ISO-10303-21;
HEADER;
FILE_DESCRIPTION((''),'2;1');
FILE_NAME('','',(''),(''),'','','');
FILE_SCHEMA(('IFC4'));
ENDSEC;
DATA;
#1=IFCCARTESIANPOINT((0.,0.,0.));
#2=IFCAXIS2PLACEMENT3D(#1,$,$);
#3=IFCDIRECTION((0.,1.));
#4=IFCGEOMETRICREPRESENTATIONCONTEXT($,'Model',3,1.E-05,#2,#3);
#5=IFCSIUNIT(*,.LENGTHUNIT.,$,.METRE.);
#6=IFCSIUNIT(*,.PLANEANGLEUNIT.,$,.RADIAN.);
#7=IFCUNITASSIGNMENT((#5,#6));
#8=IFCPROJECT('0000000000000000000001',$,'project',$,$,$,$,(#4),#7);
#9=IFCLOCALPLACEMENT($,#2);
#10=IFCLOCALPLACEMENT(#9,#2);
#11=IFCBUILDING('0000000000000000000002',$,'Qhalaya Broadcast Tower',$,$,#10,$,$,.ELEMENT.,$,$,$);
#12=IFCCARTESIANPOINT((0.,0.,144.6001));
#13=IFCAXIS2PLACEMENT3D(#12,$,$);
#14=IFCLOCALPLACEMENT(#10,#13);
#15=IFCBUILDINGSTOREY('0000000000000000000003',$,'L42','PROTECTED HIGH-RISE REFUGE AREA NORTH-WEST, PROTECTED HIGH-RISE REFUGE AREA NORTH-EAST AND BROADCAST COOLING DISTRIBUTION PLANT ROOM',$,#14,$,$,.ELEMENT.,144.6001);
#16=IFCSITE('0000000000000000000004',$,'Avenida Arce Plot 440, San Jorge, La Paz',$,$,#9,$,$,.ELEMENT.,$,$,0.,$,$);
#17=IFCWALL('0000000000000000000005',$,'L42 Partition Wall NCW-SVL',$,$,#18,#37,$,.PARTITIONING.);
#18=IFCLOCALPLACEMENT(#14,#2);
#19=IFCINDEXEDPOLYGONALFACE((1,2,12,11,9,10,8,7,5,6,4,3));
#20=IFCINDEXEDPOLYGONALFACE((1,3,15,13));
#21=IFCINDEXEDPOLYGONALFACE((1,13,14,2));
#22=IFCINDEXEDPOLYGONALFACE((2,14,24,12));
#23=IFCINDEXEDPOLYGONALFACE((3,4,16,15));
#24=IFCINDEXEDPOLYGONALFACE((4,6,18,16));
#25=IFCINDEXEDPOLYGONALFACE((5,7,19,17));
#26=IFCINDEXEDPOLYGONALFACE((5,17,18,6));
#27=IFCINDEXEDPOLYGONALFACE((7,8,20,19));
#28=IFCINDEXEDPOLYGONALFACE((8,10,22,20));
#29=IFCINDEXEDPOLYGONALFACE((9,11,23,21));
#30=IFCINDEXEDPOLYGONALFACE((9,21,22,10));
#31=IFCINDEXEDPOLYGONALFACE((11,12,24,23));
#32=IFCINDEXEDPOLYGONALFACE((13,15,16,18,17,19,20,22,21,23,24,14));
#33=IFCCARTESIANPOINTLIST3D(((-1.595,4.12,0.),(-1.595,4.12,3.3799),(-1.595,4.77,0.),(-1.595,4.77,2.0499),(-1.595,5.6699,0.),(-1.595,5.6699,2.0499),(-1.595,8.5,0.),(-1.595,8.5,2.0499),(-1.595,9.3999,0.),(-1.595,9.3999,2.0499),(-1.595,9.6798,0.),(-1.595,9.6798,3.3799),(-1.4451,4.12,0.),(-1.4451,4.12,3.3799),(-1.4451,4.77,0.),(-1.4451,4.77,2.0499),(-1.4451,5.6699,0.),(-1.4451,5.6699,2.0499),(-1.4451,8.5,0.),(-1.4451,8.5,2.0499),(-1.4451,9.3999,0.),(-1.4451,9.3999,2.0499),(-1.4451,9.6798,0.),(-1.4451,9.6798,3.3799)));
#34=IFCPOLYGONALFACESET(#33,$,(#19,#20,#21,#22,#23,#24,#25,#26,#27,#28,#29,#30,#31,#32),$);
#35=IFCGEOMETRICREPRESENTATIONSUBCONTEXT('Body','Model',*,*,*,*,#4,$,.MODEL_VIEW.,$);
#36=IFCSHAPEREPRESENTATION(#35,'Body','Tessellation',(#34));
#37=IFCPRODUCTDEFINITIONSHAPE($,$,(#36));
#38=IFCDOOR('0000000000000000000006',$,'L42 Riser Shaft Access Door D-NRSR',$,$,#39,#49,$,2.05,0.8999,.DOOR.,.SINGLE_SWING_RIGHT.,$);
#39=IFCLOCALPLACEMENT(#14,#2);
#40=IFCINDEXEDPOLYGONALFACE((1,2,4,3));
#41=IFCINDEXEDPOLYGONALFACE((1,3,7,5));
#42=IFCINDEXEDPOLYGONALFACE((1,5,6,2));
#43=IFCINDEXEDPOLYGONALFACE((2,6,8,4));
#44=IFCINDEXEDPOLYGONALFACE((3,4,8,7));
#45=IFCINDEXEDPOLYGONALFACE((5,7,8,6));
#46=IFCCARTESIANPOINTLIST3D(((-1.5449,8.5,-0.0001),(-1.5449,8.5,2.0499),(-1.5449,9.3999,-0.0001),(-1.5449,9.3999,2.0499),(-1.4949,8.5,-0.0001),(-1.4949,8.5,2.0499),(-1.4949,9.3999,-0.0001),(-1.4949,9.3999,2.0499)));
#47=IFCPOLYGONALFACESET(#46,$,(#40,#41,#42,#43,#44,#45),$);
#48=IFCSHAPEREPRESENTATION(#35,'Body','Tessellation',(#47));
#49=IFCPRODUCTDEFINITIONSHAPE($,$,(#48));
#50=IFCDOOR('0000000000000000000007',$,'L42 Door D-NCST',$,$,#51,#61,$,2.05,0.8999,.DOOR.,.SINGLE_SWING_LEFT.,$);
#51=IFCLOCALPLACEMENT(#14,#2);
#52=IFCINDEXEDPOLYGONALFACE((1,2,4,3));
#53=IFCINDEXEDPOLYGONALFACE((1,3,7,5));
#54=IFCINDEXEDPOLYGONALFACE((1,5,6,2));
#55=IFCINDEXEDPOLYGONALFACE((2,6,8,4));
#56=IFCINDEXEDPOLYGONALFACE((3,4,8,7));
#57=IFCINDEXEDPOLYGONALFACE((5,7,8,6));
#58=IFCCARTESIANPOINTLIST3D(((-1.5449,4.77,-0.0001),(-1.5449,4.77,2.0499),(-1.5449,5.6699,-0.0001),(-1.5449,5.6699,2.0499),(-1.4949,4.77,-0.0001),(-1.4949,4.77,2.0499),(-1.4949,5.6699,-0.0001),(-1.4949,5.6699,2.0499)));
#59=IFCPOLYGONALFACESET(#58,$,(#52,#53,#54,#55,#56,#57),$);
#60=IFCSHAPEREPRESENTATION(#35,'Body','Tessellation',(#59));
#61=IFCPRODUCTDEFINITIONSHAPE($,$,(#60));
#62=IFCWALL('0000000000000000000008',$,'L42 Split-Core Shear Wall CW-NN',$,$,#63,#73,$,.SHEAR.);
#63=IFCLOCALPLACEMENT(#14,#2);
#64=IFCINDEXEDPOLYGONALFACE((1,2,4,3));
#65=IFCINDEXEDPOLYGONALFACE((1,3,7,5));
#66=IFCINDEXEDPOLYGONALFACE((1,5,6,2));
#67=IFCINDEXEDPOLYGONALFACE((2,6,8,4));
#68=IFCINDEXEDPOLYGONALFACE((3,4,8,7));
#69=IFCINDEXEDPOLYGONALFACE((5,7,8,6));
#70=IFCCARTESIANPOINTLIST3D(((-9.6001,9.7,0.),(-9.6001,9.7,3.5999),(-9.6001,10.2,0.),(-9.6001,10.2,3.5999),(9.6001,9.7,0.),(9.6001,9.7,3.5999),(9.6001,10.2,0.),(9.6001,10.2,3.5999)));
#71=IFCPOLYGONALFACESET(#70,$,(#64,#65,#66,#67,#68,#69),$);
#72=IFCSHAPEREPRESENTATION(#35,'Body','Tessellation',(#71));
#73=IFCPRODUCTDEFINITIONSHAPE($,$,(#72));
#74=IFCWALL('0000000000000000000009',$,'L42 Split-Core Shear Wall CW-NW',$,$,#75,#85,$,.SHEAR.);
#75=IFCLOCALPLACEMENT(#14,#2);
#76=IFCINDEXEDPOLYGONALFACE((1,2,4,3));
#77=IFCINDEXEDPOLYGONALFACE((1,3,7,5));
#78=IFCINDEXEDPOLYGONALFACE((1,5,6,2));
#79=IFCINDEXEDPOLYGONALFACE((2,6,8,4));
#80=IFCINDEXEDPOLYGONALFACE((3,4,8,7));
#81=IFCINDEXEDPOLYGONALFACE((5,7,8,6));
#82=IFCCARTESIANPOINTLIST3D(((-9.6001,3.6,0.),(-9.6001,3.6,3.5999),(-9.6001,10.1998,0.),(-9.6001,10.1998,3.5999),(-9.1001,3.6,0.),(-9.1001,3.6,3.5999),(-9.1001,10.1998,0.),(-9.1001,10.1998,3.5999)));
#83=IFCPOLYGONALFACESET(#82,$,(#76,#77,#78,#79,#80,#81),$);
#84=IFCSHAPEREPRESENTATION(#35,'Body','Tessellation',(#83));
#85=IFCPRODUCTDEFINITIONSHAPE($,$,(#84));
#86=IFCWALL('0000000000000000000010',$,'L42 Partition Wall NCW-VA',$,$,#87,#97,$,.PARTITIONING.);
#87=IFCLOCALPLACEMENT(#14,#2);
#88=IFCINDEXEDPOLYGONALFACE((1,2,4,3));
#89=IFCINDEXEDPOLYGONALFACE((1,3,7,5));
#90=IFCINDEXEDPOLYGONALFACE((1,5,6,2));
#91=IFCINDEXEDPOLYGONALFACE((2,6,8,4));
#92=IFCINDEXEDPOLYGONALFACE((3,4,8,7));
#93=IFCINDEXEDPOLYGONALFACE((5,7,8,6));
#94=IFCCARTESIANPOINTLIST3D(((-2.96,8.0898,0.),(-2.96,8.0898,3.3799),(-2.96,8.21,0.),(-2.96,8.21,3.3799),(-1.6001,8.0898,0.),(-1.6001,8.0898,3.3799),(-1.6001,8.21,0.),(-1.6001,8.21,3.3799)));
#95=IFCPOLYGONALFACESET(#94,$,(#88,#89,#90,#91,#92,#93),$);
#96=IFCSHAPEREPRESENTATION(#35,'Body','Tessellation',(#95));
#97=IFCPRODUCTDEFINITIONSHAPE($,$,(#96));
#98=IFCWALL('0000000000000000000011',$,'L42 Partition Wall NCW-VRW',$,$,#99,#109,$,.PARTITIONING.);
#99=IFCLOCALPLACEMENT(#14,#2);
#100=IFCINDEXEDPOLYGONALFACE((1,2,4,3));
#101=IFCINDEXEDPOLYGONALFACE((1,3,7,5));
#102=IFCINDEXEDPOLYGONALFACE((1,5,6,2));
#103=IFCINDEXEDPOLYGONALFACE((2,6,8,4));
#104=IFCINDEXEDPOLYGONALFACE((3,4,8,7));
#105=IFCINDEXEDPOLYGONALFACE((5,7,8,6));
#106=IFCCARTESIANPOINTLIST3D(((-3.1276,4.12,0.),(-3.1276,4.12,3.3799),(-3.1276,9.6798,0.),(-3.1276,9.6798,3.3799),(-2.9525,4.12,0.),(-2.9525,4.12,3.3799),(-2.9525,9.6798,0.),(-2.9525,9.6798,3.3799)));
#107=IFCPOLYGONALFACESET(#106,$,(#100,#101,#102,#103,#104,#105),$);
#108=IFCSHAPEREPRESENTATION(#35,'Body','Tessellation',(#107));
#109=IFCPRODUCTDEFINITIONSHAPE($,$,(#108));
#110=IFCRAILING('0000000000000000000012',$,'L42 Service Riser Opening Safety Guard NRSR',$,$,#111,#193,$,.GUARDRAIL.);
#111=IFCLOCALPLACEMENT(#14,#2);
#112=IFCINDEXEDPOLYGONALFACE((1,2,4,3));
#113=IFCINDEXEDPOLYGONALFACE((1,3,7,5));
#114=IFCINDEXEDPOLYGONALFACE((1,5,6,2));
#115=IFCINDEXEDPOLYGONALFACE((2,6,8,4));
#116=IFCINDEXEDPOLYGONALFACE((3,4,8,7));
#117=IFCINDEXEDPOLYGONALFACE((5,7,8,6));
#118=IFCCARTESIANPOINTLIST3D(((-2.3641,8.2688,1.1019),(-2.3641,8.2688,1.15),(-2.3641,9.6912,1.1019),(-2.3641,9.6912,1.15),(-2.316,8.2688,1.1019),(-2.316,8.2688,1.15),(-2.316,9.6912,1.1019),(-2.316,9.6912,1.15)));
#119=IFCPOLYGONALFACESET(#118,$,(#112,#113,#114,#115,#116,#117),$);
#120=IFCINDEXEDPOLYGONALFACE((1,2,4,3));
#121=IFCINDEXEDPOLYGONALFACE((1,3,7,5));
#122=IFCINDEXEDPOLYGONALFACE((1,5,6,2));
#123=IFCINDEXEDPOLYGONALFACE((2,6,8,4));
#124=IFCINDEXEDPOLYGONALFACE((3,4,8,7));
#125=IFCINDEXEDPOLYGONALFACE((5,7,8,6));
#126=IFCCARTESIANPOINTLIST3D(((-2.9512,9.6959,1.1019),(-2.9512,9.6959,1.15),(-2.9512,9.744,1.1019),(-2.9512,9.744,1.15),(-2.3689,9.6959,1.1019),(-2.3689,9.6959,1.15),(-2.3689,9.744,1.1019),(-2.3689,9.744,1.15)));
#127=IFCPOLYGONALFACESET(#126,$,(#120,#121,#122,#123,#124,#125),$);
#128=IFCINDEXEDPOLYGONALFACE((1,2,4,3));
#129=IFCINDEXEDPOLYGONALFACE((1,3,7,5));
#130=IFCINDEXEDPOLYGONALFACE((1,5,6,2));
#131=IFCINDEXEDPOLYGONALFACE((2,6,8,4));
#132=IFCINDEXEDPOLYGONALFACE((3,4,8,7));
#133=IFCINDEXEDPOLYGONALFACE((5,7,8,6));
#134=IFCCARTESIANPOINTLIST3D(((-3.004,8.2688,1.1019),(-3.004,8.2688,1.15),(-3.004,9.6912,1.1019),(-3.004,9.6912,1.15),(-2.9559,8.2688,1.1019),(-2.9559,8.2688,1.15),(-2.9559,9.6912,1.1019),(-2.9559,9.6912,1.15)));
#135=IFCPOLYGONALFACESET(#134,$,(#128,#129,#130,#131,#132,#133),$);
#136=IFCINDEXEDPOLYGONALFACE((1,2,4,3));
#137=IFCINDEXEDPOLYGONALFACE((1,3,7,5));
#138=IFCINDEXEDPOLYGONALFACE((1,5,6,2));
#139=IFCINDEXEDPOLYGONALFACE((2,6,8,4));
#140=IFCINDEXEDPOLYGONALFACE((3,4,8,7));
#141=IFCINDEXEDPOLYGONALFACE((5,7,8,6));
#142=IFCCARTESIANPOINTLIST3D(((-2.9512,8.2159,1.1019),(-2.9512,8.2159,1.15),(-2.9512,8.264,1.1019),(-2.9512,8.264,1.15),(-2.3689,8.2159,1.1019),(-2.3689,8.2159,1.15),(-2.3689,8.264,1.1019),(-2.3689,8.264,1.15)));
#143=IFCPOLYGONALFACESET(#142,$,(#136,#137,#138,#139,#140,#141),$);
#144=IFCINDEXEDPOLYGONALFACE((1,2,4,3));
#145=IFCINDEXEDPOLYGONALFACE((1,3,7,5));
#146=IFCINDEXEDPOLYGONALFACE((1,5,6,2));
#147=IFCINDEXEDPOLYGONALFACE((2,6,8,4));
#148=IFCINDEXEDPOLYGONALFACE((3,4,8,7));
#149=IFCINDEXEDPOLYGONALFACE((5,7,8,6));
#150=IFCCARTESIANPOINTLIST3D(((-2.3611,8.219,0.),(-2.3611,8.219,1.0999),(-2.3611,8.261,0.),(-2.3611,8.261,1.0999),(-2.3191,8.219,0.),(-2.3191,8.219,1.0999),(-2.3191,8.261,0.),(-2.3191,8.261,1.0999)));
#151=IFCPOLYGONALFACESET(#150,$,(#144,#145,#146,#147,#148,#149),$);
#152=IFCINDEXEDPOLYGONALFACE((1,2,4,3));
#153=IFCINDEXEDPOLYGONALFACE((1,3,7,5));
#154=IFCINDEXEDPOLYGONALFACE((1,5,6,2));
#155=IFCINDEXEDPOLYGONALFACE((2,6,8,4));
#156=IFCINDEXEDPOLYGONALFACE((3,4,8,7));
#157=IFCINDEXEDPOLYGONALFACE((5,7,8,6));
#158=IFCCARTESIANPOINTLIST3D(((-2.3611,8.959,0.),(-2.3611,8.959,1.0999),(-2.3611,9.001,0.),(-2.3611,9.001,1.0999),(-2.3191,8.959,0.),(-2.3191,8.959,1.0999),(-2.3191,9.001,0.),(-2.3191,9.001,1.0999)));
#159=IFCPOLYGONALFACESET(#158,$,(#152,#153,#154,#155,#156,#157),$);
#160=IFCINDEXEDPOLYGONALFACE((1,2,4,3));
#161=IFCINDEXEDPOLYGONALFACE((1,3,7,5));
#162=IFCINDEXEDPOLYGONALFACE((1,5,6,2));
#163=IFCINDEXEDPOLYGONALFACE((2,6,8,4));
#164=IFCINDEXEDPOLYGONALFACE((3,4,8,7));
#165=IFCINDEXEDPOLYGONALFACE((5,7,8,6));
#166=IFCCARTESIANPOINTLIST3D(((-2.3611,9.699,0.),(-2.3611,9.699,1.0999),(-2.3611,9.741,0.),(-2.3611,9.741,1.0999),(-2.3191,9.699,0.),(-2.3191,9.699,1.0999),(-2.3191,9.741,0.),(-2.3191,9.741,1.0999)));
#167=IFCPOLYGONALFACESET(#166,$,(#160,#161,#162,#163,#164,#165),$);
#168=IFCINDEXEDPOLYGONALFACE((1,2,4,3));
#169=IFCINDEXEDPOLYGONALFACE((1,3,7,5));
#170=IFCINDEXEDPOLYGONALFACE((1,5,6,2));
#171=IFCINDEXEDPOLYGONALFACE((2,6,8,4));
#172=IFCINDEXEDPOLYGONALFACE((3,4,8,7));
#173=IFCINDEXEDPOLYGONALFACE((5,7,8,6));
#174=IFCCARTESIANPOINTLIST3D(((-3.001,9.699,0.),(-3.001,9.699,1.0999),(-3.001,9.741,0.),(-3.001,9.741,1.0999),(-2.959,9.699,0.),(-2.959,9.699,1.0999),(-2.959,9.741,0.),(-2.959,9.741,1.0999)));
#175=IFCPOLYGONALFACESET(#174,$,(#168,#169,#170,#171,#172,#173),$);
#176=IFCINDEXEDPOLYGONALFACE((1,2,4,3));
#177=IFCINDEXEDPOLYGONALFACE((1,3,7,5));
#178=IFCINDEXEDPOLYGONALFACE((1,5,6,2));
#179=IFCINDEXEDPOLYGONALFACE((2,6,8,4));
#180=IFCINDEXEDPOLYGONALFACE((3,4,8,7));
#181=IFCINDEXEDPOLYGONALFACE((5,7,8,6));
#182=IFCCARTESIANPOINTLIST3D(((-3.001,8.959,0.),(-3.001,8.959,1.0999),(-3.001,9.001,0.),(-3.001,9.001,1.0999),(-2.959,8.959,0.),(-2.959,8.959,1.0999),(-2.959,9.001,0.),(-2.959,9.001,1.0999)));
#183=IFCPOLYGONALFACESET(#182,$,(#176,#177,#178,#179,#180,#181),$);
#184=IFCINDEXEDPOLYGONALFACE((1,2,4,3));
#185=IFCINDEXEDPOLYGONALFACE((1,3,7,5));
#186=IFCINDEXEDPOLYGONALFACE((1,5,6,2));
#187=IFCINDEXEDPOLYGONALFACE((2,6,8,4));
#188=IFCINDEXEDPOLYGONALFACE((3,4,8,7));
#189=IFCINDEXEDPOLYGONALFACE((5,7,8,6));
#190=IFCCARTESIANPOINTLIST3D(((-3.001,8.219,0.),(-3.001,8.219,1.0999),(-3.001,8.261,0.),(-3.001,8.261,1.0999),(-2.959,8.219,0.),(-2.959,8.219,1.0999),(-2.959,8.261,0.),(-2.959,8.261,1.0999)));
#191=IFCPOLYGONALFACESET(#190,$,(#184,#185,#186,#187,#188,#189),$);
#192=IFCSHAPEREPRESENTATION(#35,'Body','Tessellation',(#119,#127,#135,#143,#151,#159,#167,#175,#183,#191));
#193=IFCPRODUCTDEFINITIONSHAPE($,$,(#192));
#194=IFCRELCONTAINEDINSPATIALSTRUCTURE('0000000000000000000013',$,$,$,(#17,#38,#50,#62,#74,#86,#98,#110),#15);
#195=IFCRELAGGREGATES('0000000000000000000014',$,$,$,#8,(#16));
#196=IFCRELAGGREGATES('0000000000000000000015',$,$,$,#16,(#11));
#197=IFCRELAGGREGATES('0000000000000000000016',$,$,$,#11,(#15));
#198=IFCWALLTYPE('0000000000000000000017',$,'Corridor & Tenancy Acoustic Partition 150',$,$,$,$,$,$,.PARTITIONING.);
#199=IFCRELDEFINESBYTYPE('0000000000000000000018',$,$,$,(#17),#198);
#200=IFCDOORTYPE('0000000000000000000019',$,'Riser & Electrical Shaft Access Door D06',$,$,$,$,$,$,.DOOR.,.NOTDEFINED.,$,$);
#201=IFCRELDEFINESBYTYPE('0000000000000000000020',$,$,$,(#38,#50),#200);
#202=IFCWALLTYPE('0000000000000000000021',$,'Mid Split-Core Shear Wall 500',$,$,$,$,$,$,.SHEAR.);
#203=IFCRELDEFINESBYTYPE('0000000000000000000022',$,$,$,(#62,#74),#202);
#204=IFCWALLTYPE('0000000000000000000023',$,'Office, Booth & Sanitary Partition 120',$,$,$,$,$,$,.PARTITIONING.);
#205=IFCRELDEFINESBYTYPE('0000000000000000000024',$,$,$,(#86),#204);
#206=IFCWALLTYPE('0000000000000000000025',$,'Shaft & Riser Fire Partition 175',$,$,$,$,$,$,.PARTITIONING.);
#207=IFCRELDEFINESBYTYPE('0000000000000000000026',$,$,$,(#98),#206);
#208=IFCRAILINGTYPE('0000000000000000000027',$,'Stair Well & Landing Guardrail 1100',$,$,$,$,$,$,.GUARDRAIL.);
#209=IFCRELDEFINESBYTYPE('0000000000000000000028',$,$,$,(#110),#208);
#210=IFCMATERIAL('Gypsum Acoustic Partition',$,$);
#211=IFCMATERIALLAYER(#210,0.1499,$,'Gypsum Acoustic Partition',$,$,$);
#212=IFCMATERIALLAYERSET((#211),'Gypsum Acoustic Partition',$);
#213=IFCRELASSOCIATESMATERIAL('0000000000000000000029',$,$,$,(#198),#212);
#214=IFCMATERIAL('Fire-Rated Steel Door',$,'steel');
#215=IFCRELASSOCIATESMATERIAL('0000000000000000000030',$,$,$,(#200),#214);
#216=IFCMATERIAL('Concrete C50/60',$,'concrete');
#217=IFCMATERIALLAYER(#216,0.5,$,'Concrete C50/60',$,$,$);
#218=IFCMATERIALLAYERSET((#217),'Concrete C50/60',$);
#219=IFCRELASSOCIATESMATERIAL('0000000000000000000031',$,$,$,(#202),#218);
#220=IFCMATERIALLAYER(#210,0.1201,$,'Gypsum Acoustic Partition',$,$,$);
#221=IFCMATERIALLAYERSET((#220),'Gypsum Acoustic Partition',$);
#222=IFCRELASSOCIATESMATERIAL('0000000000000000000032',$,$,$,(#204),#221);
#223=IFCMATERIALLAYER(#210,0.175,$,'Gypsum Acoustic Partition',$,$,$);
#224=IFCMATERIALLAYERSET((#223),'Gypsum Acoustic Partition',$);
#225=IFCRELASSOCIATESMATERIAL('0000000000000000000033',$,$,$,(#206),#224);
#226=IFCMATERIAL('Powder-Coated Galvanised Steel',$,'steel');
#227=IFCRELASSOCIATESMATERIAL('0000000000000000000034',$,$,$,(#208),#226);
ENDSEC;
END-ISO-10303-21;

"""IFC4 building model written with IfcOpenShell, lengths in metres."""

from ifc_helpers import new_model, si_unit, direction, frame, frame_2d, origin, origin_2d, place, context, subcontext, project, spatial, rectangle, extrude, material, layer, layer_set, type_object, element, fill, save


model = new_model("IFC4")

# Units and contexts
model_context = context("Model", 3, precision=1e-05, world=origin(), true_north=direction((0.0, 1.0)))
body_context = subcontext(model_context, "Body", "Model", "MODEL_VIEW")
ifc_project = project(units=[si_unit("LENGTHUNIT", "METRE"), si_unit("PLANEANGLEUNIT", "RADIAN")], contexts=[model_context])

# Site, building, storey
site_placement = place(None, origin())
site = spatial("IfcSite", under=ifc_project, at=site_placement, Name="Avenida Arce Plot 440, San Jorge, La Paz", CompositionType="ELEMENT", RefElevation=0.0)
building_placement = place(site_placement, origin())
building = spatial("IfcBuilding", under=site, at=building_placement, Name="Qhalaya Broadcast Tower", CompositionType="ELEMENT")
storey_placement = place(building_placement, frame((0.0, 0.0, 144.6001)))
storey = spatial("IfcBuildingStorey", under=building, at=storey_placement, Name="L42", Description="PROTECTED HIGH-RISE REFUGE AREA NORTH-WEST, PROTECTED HIGH-RISE REFUGE AREA NORTH-EAST AND BROADCAST COOLING DISTRIBUTION PLANT ROOM", CompositionType="ELEMENT", Elevation=144.6001)

# Shared definitions
ifc_material_1 = material(Name="Concrete C50/60", Category="concrete")

# Wall, openings, doors
ifc_material_2 = material(Name="Gypsum Acoustic Partition")
ifc_layer_1 = layer(ifc_material_2, 0.1499, Name="Gypsum Acoustic Partition")
ifc_layer_set_1 = layer_set([ifc_layer_1], Name="Gypsum Acoustic Partition")
wall_type_1 = type_object("IfcWallType", Name="Corridor & Tenancy Acoustic Partition 150", PredefinedType="PARTITIONING", material=ifc_layer_set_1)
wall_1_placement = place(storey_placement, frame((-1.52, 4.1201, 0.0), z_axis=(0.0, 0.0, 1.0), x_axis=(0.0, 1.0, 0.0)))
wall_1 = element("IfcWall", 1, at=wall_1_placement, inside=storey, type_object=wall_type_1, Name="L42 Partition Wall NCW-SVL", PredefinedType="PARTITIONING", context=body_context, shape_type="SweptSolid", body=[
    extrude(rectangle(XDim=5.5598, YDim=0.1499, at=frame_2d((2.7798, 0.0))), origin(), (0.0, 0.0, 1.0), 3.3799),
])
opening_1_placement = place(wall_1_placement, frame((4.3799, 0.0, 0.0)))
opening_1 = element("IfcOpeningElement", 2, at=opening_1_placement, cuts=wall_1, PredefinedType="OPENING", context=body_context, shape_type="SweptSolid", body=[
    extrude(rectangle(XDim=0.8999, YDim=2.05, at=frame_2d((0.45, 1.0249))), frame((0.0, 0.0869, 0.0), z_axis=(0.0, -1.0, 0.0), x_axis=(1.0, 0.0, 0.0)), (0.0, 0.0, 1.0), 0.1738),
])
opening_2_placement = place(wall_1_placement, frame((0.6499, 0.0, 0.0)))
opening_2 = element("IfcOpeningElement", 3, at=opening_2_placement, cuts=wall_1, PredefinedType="OPENING", context=body_context, shape_type="SweptSolid", body=[
    extrude(rectangle(XDim=0.8999, YDim=2.05, at=frame_2d((0.45, 1.0249))), frame((0.0, 0.0869, 0.0), z_axis=(0.0, -1.0, 0.0), x_axis=(1.0, 0.0, 0.0)), (0.0, 0.0, 1.0), 0.1738),
])
ifc_material_3 = material(Name="Fire-Rated Steel Door", Category="steel")
door_type = type_object("IfcDoorType", Name="Riser & Electrical Shaft Access Door D06", OperationType="NOTDEFINED", PredefinedType="DOOR", material=ifc_material_3)
door_1_placement = place(opening_1_placement, origin())
door_1 = element("IfcDoor", 4, at=door_1_placement, inside=storey, type_object=door_type, Name="L42 Riser Shaft Access Door D-NRSR", OperationType="SINGLE_SWING_RIGHT", OverallHeight=2.05, OverallWidth=0.8999, PredefinedType="DOOR", context=body_context, shape_type="SweptSolid", body=[
    extrude(rectangle(XDim=0.8999, YDim=2.05, at=frame_2d((0.45, 1.0249))), frame((0.0, 0.0249, 0.0), z_axis=(0.0, -1.0, 0.0), x_axis=(1.0, 0.0, 0.0)), (0.0, 0.0, 1.0), 0.05),
])
fill(opening_1, door_1)
door_2_placement = place(opening_2_placement, origin())
door_2 = element("IfcDoor", 5, at=door_2_placement, inside=storey, type_object=door_type, Name="L42 Door D-NCST", OperationType="SINGLE_SWING_LEFT", OverallHeight=2.05, OverallWidth=0.8999, PredefinedType="DOOR", context=body_context, shape_type="SweptSolid", body=[
    extrude(rectangle(XDim=0.8999, YDim=2.05, at=frame_2d((0.45, 1.0249))), frame((0.0, 0.0249, 0.0), z_axis=(0.0, -1.0, 0.0), x_axis=(1.0, 0.0, 0.0)), (0.0, 0.0, 1.0), 0.05),
])
fill(opening_2, door_2)

# Walls
ifc_layer_2 = layer(ifc_material_1, 0.5, Name="Concrete C50/60")
ifc_layer_set_2 = layer_set([ifc_layer_2], Name="Concrete C50/60")
wall_type_2 = type_object("IfcWallType", Name="Mid Split-Core Shear Wall 500", PredefinedType="SHEAR", material=ifc_layer_set_2)
wall_2_placement = place(storey_placement, frame((-9.6001, 9.95, 0.0), z_axis=(0.0, 0.0, 1.0), x_axis=(1.0, 0.0, 0.0)))
element("IfcWall", 6, at=wall_2_placement, inside=storey, type_object=wall_type_2, Name="L42 Split-Core Shear Wall CW-NN", PredefinedType="SHEAR", context=body_context, shape_type="SweptSolid", body=[
    extrude(rectangle(XDim=19.2002, YDim=0.5, at=frame_2d((9.6001, 0.0))), origin(), (0.0, 0.0, 1.0), 3.5999),
])
wall_3_placement = place(storey_placement, frame((-9.3501, 3.6001, 0.0), z_axis=(0.0, 0.0, 1.0), x_axis=(0.0, 1.0, 0.0)))
element("IfcWall", 7, at=wall_3_placement, inside=storey, type_object=wall_type_2, Name="L42 Split-Core Shear Wall CW-NW", PredefinedType="SHEAR", context=body_context, shape_type="SweptSolid", body=[
    extrude(rectangle(XDim=6.5999, YDim=0.5, at=frame_2d((3.2998, 0.0))), origin(), (0.0, 0.0, 1.0), 3.5999),
])
ifc_layer_3 = layer(ifc_material_2, 0.1201, Name="Gypsum Acoustic Partition")
ifc_layer_set_3 = layer_set([ifc_layer_3], Name="Gypsum Acoustic Partition")
wall_type_3 = type_object("IfcWallType", Name="Office, Booth & Sanitary Partition 120", PredefinedType="PARTITIONING", material=ifc_layer_set_3)
wall_4_placement = place(storey_placement, frame((-2.96, 8.1499, 0.0), z_axis=(0.0, 0.0, 1.0), x_axis=(1.0, 0.0, 0.0)))
element("IfcWall", 8, at=wall_4_placement, inside=storey, type_object=wall_type_3, Name="L42 Partition Wall NCW-VA", PredefinedType="PARTITIONING", context=body_context, shape_type="SweptSolid", body=[
    extrude(rectangle(XDim=1.3599, YDim=0.1201, at=frame_2d((0.6799, 0.0))), origin(), (0.0, 0.0, 1.0), 3.3799),
])
ifc_layer_4 = layer(ifc_material_2, 0.175, Name="Gypsum Acoustic Partition")
ifc_layer_set_4 = layer_set([ifc_layer_4], Name="Gypsum Acoustic Partition")
wall_type_4 = type_object("IfcWallType", Name="Shaft & Riser Fire Partition 175", PredefinedType="PARTITIONING", material=ifc_layer_set_4)
wall_5_placement = place(storey_placement, frame((-3.04, 4.1201, 0.0), z_axis=(0.0, 0.0, 1.0), x_axis=(0.0, 1.0, 0.0)))
element("IfcWall", 9, at=wall_5_placement, inside=storey, type_object=wall_type_4, Name="L42 Partition Wall NCW-VRW", PredefinedType="PARTITIONING", context=body_context, shape_type="SweptSolid", body=[
    extrude(rectangle(XDim=5.5598, YDim=0.175, at=frame_2d((2.7798, 0.0))), origin(), (0.0, 0.0, 1.0), 3.3799),
])

# Railing
ifc_material_4 = material(Name="Powder-Coated Galvanised Steel", Category="steel")
railing_type = type_object("IfcRailingType", Name="Stair Well & Landing Guardrail 1100", PredefinedType="GUARDRAIL", material=ifc_material_4)
railing_placement = place(storey_placement, frame((-2.3401, 8.24, 0.0)))
element("IfcRailing", 10, at=railing_placement, inside=storey, type_object=railing_type, Name="L42 Service Riser Opening Safety Guard NRSR", PredefinedType="GUARDRAIL", context=body_context, shape_type="SweptSolid", body=[
    extrude(rectangle(XDim=0.0481, YDim=0.0481, at=origin_2d()), frame((0.0, 0.0288, 1.126), z_axis=(0.0, 1.0, 0.0), x_axis=(-1.0, 0.0, 0.0)), (0.0, 0.0, 1.0), 1.4224),
    extrude(rectangle(XDim=0.0481, YDim=0.0481, at=origin_2d()), frame((-0.0288, 1.48, 1.126), z_axis=(-1.0, 0.0, 0.0), x_axis=(0.0, -1.0, 0.0)), (0.0, 0.0, 1.0), 0.5823),
    extrude(rectangle(XDim=0.0481, YDim=0.0481, at=origin_2d()), frame((-0.6399, 1.4512, 1.126), z_axis=(0.0, -1.0, 0.0), x_axis=(1.0, 0.0, 0.0)), (0.0, 0.0, 1.0), 1.4224),
    extrude(rectangle(XDim=0.0481, YDim=0.0481, at=origin_2d()), frame((-0.6111, 0.0, 1.126), z_axis=(1.0, 0.0, 0.0), x_axis=(0.0, 1.0, 0.0)), (0.0, 0.0, 1.0), 0.5823),
    extrude(rectangle(XDim=0.042, YDim=0.042, at=origin_2d()), origin(), (0.0, 0.0, 1.0), 1.0999),
    extrude(rectangle(XDim=0.042, YDim=0.042, at=origin_2d()), frame((0.0, 0.74, 0.0)), (0.0, 0.0, 1.0), 1.0999),
    extrude(rectangle(XDim=0.042, YDim=0.042, at=origin_2d()), frame((0.0, 1.48, 0.0)), (0.0, 0.0, 1.0), 1.0999),
    extrude(rectangle(XDim=0.042, YDim=0.042, at=origin_2d()), frame((-0.6399, 1.48, 0.0)), (0.0, 0.0, 1.0), 1.0999),
    extrude(rectangle(XDim=0.042, YDim=0.042, at=origin_2d()), frame((-0.6399, 0.74, 0.0)), (0.0, 0.0, 1.0), 1.0999),
    extrude(rectangle(XDim=0.042, YDim=0.042, at=origin_2d()), frame((-0.6399, 0.0, 0.0)), (0.0, 0.0, 1.0), 1.0999),
])

save(model, "model.ifc")
